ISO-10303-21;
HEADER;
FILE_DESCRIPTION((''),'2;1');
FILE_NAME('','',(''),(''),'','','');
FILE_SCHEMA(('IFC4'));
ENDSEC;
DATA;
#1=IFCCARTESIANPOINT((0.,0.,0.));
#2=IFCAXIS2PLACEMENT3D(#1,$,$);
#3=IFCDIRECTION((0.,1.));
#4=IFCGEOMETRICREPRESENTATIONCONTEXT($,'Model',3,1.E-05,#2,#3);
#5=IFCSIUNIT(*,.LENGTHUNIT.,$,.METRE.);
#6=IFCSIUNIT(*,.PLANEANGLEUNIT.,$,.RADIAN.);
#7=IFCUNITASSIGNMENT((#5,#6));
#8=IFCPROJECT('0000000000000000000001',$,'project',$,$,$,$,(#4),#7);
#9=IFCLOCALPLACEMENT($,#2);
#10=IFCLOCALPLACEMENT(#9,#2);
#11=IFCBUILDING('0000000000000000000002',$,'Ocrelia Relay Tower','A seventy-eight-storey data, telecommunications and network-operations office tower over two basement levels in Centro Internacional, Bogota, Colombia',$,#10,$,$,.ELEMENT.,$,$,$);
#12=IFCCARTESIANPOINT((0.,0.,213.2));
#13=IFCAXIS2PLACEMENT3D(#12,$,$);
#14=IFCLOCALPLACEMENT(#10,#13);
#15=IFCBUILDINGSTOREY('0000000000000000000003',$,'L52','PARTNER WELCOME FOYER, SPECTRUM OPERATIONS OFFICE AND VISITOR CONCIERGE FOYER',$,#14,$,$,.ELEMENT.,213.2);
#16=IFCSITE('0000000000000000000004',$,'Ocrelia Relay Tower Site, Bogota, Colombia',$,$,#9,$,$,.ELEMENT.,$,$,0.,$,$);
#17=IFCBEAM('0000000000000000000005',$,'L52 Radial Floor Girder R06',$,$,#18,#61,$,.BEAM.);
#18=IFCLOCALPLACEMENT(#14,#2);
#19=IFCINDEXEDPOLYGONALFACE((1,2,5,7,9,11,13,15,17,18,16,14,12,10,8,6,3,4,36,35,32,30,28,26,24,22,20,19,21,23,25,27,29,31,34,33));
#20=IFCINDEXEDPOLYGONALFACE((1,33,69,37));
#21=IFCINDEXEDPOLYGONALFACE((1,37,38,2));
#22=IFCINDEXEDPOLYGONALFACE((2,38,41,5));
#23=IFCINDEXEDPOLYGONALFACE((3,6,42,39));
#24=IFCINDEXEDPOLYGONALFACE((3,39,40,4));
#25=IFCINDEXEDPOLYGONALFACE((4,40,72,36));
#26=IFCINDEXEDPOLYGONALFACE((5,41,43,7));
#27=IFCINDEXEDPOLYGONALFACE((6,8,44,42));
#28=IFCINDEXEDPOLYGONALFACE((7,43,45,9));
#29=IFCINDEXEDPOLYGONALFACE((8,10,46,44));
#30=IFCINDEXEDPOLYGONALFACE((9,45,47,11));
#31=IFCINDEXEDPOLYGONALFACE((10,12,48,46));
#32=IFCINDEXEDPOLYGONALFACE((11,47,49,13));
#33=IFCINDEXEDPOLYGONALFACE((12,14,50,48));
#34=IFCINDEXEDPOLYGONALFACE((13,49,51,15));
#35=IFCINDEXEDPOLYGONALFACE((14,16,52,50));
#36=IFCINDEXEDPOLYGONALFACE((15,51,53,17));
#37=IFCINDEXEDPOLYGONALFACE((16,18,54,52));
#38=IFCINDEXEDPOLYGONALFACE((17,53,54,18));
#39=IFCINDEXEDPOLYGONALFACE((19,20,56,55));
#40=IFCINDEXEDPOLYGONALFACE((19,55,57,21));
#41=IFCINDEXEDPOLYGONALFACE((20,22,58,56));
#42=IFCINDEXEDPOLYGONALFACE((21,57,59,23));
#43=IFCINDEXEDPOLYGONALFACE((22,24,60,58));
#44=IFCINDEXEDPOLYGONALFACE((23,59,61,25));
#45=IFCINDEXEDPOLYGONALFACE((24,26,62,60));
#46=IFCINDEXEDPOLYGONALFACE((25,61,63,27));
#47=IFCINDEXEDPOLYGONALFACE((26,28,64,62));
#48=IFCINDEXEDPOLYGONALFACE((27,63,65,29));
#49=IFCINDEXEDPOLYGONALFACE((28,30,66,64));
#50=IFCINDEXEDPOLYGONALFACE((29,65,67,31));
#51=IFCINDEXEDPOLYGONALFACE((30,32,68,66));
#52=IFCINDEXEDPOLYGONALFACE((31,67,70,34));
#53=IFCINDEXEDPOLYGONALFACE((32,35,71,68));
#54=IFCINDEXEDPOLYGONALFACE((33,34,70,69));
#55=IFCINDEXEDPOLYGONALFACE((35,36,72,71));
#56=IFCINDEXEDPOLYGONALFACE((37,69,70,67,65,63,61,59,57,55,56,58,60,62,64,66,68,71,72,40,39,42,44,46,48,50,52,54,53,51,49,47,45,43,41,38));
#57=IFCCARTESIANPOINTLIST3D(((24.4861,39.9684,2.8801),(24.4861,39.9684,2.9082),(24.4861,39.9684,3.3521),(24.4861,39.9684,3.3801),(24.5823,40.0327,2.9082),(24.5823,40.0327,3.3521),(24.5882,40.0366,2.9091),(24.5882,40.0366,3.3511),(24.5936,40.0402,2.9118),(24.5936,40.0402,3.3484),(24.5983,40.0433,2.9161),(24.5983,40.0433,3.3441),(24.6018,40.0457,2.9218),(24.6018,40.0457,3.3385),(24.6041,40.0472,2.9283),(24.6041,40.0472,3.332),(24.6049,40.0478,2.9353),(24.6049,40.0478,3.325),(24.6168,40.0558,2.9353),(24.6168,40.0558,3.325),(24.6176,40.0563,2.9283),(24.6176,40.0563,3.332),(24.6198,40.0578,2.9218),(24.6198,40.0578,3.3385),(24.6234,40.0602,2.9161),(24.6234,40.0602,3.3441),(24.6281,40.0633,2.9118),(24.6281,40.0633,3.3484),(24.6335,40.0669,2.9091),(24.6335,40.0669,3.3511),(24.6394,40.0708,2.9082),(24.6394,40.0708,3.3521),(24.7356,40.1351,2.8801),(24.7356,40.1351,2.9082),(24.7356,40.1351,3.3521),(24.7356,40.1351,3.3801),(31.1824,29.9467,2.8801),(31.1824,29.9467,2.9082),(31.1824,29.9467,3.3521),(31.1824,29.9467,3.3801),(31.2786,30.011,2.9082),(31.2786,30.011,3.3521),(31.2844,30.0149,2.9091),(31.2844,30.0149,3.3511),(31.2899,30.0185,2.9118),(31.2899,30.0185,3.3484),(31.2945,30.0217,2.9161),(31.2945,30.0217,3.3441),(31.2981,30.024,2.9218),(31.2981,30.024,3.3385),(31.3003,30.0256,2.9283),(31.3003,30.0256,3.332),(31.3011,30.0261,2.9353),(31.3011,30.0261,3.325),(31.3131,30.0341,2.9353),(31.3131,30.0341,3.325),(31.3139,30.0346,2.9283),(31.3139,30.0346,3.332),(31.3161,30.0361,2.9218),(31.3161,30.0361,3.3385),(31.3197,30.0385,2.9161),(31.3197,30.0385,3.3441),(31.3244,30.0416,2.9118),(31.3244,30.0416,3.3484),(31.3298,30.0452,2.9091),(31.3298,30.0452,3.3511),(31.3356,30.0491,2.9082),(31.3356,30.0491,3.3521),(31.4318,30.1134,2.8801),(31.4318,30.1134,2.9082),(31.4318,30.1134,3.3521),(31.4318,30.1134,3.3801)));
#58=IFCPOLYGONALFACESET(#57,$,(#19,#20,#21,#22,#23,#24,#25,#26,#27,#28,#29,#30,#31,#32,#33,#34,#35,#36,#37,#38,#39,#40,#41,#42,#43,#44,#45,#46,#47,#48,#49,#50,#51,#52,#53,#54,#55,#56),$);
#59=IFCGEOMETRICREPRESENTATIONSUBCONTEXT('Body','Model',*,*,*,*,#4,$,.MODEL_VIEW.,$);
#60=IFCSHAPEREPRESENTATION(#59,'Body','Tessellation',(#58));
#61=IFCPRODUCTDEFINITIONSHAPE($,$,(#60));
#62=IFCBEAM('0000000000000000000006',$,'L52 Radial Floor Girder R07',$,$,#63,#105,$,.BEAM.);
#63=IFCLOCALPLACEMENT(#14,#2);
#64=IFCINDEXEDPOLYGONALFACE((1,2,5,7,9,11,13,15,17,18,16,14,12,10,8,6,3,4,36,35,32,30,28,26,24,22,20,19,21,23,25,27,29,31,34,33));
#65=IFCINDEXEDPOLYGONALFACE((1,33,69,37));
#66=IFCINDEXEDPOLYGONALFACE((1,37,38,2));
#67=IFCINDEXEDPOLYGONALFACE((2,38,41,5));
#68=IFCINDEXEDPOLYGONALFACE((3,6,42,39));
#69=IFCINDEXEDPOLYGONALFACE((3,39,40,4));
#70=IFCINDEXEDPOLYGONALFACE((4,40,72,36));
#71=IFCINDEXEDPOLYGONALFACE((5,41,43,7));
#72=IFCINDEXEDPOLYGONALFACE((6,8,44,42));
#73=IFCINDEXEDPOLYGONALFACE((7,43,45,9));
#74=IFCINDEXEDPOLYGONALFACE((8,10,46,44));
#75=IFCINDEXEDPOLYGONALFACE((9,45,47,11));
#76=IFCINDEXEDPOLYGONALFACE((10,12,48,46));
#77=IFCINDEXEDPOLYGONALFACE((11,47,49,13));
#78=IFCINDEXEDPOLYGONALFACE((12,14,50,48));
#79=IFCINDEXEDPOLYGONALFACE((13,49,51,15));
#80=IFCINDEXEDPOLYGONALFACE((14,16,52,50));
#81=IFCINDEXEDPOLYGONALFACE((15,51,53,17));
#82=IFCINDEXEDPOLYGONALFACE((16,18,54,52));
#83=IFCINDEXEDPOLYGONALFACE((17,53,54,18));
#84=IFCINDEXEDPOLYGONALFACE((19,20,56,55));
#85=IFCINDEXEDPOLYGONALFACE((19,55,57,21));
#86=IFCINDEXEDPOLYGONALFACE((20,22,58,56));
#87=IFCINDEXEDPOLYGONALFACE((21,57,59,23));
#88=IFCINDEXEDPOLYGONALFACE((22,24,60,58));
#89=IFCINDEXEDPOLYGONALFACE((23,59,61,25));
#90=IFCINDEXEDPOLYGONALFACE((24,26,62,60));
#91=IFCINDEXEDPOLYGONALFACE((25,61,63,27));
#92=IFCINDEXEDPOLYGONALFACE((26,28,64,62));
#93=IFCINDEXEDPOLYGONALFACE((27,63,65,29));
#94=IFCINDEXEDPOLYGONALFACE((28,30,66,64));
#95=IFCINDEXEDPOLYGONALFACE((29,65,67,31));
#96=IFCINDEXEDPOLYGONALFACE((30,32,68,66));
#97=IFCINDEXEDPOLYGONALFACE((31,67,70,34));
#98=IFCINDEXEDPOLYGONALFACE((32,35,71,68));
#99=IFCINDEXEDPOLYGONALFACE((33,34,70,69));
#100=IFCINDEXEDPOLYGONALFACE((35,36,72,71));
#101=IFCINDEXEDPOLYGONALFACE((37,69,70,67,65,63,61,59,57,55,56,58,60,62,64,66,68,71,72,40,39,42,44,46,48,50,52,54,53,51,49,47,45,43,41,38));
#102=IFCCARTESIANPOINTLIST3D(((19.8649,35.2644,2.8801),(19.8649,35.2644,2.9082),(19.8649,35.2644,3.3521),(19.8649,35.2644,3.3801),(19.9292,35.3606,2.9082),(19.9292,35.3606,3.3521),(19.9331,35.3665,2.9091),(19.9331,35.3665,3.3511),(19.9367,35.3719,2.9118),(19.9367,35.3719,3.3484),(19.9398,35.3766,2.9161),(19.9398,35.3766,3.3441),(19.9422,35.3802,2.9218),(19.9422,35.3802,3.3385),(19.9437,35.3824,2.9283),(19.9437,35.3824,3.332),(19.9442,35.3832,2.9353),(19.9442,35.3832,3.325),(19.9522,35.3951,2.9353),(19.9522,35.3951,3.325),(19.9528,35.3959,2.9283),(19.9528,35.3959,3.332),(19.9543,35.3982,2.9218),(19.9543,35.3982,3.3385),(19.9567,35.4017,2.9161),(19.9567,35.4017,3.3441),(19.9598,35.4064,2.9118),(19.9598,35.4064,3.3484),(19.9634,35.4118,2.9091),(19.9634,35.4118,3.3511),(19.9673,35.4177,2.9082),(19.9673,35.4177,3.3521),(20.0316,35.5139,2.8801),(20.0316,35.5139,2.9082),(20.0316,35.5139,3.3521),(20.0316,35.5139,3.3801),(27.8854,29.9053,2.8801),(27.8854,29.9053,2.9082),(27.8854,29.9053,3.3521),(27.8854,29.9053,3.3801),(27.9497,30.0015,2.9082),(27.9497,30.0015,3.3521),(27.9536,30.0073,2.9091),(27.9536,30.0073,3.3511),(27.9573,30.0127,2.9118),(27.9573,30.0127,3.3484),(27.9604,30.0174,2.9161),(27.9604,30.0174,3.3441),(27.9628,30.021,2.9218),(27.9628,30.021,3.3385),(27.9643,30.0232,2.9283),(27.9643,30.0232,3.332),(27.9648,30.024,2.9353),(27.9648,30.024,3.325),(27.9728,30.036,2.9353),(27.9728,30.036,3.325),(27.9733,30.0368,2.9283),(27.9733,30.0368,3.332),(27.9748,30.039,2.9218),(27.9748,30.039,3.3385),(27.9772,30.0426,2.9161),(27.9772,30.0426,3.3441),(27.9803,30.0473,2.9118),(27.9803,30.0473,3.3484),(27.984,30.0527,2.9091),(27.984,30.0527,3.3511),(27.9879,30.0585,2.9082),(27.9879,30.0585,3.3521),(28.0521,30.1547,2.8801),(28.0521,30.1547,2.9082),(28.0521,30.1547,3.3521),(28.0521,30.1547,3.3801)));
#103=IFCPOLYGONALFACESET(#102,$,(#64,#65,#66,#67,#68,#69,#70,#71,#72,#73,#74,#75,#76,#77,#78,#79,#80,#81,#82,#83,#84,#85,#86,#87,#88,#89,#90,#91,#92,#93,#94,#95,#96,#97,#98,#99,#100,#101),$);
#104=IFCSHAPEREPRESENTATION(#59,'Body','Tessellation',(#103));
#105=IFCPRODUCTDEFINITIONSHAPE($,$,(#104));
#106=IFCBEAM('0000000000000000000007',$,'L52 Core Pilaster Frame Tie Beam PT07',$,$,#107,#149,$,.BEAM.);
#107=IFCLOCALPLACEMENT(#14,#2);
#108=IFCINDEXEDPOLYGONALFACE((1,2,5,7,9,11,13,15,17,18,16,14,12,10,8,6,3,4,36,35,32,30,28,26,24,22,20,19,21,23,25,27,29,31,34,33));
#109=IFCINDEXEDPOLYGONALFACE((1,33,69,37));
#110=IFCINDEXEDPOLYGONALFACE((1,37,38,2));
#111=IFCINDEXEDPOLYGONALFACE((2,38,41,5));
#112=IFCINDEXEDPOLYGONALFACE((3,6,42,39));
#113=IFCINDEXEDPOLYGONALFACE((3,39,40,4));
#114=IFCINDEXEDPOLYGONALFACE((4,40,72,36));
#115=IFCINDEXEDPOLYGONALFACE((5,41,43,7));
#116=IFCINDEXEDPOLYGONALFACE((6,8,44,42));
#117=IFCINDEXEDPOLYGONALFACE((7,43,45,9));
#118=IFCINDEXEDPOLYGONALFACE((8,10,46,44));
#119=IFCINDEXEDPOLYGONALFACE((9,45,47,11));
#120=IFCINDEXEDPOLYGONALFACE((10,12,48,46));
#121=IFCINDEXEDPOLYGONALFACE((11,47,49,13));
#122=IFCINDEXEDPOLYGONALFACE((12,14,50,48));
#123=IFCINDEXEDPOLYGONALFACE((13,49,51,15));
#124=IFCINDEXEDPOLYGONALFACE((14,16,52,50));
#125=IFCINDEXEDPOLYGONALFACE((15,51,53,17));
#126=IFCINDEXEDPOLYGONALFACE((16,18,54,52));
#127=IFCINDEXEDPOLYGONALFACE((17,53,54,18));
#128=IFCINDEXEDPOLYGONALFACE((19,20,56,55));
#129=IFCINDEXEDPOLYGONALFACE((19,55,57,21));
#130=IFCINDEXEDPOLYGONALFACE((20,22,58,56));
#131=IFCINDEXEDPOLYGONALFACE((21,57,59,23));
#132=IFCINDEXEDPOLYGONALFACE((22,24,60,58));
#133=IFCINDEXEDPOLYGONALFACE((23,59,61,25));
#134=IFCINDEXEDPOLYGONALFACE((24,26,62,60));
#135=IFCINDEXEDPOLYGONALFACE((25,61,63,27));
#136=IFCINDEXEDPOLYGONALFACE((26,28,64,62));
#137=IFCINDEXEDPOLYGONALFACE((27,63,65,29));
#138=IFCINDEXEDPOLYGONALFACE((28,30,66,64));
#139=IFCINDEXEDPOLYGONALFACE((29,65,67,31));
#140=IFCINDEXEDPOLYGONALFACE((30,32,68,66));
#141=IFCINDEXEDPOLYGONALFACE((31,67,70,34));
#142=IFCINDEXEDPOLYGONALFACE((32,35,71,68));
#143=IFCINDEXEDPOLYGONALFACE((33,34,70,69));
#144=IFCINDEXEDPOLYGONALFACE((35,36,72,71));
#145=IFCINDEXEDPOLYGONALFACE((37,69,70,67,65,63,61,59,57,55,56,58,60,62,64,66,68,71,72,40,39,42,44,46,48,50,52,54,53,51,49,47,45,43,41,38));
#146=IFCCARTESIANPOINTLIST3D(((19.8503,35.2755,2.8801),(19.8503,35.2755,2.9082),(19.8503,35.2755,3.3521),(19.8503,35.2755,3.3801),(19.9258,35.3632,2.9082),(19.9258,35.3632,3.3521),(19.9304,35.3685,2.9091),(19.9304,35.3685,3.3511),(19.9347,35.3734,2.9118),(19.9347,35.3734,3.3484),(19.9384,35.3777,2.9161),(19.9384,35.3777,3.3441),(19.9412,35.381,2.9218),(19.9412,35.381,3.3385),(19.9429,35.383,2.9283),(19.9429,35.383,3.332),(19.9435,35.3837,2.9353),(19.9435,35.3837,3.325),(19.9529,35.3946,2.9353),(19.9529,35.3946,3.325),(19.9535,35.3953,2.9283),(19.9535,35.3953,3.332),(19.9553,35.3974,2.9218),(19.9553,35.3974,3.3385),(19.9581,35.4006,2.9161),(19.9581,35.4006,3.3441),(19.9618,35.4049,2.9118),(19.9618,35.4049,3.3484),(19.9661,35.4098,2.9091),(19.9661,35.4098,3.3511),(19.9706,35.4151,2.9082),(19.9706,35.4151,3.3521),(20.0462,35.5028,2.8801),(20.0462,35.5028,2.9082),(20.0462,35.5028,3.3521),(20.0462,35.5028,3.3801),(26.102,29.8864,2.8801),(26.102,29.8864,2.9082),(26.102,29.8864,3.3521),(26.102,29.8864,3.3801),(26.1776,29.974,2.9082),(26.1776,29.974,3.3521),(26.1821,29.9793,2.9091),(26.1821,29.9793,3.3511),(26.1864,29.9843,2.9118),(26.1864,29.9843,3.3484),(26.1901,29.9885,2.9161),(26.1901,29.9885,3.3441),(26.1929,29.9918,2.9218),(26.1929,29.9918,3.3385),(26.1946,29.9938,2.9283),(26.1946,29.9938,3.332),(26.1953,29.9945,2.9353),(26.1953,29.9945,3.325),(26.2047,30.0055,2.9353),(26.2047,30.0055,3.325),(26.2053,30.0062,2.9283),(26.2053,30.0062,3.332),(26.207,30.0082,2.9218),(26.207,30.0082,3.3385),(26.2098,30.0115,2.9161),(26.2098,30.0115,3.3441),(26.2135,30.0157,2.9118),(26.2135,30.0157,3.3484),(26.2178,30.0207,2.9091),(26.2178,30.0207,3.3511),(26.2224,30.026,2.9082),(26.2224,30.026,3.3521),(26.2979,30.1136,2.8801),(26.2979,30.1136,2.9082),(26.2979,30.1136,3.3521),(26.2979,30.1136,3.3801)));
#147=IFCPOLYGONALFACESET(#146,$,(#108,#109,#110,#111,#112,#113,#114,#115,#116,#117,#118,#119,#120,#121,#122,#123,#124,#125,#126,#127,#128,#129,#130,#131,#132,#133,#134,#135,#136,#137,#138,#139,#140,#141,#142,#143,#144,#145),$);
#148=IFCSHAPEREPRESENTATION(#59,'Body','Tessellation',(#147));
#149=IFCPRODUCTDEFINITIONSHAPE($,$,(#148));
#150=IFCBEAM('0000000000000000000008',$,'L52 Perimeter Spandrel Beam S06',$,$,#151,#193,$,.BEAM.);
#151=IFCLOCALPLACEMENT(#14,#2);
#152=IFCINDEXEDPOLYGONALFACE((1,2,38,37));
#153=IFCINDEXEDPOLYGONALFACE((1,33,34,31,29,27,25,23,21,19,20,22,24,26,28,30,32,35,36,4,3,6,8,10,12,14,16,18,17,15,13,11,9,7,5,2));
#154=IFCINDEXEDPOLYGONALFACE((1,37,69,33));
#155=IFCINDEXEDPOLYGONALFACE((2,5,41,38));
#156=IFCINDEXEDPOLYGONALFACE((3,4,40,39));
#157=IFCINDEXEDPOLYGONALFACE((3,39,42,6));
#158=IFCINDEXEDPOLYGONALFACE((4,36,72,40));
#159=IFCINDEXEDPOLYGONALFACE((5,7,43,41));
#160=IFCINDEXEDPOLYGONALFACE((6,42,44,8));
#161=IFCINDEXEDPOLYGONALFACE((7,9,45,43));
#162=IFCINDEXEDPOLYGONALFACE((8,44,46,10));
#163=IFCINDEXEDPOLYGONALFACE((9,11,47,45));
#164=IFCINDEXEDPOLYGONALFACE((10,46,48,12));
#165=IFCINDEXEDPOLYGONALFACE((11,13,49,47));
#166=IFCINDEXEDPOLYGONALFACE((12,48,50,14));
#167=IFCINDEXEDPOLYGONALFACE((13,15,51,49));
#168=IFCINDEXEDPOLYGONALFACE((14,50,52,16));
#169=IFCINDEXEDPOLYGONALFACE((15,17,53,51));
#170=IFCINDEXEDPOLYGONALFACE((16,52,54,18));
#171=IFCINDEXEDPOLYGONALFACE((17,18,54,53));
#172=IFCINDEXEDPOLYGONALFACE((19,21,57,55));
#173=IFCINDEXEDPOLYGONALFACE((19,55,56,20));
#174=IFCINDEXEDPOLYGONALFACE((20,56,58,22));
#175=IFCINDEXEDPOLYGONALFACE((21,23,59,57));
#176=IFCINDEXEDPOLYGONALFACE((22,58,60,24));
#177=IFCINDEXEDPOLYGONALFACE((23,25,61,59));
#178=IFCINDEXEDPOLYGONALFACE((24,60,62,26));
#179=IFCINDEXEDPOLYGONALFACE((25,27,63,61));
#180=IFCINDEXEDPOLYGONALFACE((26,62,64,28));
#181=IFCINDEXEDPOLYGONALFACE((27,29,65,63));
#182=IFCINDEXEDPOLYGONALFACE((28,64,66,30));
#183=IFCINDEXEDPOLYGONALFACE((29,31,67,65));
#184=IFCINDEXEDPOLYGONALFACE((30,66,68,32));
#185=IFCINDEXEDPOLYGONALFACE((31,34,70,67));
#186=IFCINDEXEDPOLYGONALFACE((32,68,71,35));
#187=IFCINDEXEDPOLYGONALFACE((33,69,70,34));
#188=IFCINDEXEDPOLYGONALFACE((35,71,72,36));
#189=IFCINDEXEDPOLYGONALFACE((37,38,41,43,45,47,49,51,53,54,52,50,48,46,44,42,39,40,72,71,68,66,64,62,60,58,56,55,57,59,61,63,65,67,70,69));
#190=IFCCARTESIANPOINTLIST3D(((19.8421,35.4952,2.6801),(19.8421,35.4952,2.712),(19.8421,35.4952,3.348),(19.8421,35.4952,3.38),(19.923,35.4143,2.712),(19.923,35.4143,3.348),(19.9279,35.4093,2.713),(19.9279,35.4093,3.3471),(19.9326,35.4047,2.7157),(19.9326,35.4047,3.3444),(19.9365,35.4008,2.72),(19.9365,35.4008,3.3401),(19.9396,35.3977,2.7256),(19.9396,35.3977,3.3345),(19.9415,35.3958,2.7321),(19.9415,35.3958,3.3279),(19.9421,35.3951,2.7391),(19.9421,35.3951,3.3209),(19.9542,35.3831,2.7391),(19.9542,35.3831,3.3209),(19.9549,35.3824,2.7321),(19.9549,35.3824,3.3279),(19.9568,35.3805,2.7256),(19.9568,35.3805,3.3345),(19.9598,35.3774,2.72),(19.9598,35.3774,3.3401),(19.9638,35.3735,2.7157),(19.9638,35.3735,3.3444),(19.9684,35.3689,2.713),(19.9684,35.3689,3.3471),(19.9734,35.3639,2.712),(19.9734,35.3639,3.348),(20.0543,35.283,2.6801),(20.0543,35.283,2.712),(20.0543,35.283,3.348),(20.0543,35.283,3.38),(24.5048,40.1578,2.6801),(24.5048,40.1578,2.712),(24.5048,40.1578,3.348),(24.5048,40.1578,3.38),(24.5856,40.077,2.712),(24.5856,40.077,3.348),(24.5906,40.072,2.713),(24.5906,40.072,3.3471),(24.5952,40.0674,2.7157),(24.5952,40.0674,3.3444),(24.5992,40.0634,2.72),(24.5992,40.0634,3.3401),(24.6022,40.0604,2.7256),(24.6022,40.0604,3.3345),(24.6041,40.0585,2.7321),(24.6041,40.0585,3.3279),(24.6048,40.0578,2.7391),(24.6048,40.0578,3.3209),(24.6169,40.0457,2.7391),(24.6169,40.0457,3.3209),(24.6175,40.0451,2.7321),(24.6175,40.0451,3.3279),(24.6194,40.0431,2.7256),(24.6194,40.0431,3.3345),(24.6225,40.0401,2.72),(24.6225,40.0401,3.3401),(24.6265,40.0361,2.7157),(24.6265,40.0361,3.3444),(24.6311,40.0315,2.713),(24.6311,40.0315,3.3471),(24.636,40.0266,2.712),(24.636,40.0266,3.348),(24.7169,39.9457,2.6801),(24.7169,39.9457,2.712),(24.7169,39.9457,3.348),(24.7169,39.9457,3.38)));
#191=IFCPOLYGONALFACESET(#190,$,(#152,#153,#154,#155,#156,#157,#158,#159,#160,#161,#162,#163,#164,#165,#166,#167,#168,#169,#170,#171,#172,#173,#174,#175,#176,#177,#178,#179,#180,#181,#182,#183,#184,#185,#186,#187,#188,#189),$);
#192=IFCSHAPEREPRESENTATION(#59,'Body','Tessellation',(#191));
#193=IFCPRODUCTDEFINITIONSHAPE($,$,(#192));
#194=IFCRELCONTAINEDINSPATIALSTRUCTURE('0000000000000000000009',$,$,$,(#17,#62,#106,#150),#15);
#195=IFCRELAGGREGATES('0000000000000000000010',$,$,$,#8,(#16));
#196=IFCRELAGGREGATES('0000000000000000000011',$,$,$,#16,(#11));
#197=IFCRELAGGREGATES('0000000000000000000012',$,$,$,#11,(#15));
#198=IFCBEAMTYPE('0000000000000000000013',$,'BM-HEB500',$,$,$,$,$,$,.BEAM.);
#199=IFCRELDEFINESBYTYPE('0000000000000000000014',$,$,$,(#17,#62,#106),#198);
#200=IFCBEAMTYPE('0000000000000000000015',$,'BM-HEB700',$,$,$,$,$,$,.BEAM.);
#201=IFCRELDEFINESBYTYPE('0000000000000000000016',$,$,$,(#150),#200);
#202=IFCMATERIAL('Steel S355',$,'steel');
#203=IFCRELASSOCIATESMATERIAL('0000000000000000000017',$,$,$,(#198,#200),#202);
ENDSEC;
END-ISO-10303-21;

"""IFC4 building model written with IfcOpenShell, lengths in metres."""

from ifc_helpers import new_model, si_unit, direction, frame, origin, origin_2d, place, context, subcontext, project, spatial, i_section, extrude, material, material_profile, profile_set, type_object, element, save


model = new_model("IFC4")

# Units and contexts
model_context = context("Model", 3, precision=1e-05, world=origin(), true_north=direction((0.0, 1.0)))
body_context = subcontext(model_context, "Body", "Model", "MODEL_VIEW")
ifc_project = project(units=[si_unit("LENGTHUNIT", "METRE"), si_unit("PLANEANGLEUNIT", "RADIAN")], contexts=[model_context])

# Site, building, storey
site_placement = place(None, origin())
site = spatial("IfcSite", under=ifc_project, at=site_placement, Name="Ocrelia Relay Tower Site, Bogota, Colombia", CompositionType="ELEMENT", RefElevation=0.0)
building_placement = place(site_placement, origin())
building = spatial("IfcBuilding", under=site, at=building_placement, Name="Ocrelia Relay Tower", Description="A seventy-eight-storey data, telecommunications and network-operations office tower over two basement levels in Centro Internacional, Bogota, Colombia", CompositionType="ELEMENT")
storey_placement = place(building_placement, frame((0.0, 0.0, 213.2)))
storey = spatial("IfcBuildingStorey", under=building, at=storey_placement, Name="L52", Description="PARTNER WELCOME FOYER, SPECTRUM OPERATIONS OFFICE AND VISITOR CONCIERGE FOYER", CompositionType="ELEMENT", Elevation=213.2)

# Beams
ifc_material_1 = material(Name="Steel S355", Category="steel")
ifc_material_profile_1 = material_profile(ifc_material_1, i_section(OverallWidth=0.3, OverallDepth=0.5, WebThickness=0.0144, FlangeThickness=0.0281, FilletRadius=0.0271, at=origin_2d()), Name="HEB 500")
ifc_profile_set_1 = profile_set([ifc_material_profile_1], Name="Steel S355")
beam_type_1 = type_object("IfcBeamType", Name="BM-HEB500", PredefinedType="BEAM", material=ifc_profile_set_1)
beam_1_placement = place(storey_placement, frame((24.6108, 40.0518, 3.1301), z_axis=(0.555569, -0.83147, 0.0), x_axis=(0.83147, 0.555569, 0.0)))
element("IfcBeam", 1, at=beam_1_placement, inside=storey, type_object=beam_type_1, Name="L52 Radial Floor Girder R06", PredefinedType="BEAM", context=body_context, shape_type="SweptSolid", body=[
    extrude(i_section(OverallWidth=0.3, OverallDepth=0.5, WebThickness=0.0144, FlangeThickness=0.0281, FilletRadius=0.0271, at=origin_2d()), origin(), (0.0, 0.0, 1.0), 12.053),
])
beam_2_placement = place(storey_placement, frame((19.9482, 35.3892, 3.1301), z_axis=(0.83147, -0.55557, 0.0), x_axis=(0.55557, 0.83147, 0.0)))
element("IfcBeam", 2, at=beam_2_placement, inside=storey, type_object=beam_type_1, Name="L52 Radial Floor Girder R07", PredefinedType="BEAM", context=body_context, shape_type="SweptSolid", body=[
    extrude(i_section(OverallWidth=0.3, OverallDepth=0.5, WebThickness=0.0144, FlangeThickness=0.0281, FilletRadius=0.0271, at=origin_2d()), origin(), (0.0, 0.0, 1.0), 9.6462),
])
beam_3_placement = place(storey_placement, frame((19.9482, 35.3892, 3.1301), z_axis=(0.757425, -0.652923, 0.0), x_axis=(0.652923, 0.757425, 0.0)))
element("IfcBeam", 3, at=beam_3_placement, inside=storey, type_object=beam_type_1, Name="L52 Core Pilaster Frame Tie Beam PT07", PredefinedType="BEAM", context=body_context, shape_type="SweptSolid", body=[
    extrude(i_section(OverallWidth=0.3, OverallDepth=0.5, WebThickness=0.0144, FlangeThickness=0.0281, FilletRadius=0.0271, at=origin_2d()), origin(), (0.0, 0.0, 1.0), 8.2539),
])
ifc_material_profile_2 = material_profile(ifc_material_1, i_section(OverallWidth=0.3, OverallDepth=0.7, WebThickness=0.0171, FlangeThickness=0.032, FilletRadius=0.0271, at=origin_2d()), Name="HEB 700")
ifc_profile_set_2 = profile_set([ifc_material_profile_2], Name="Steel S355")
beam_type_2 = type_object("IfcBeamType", Name="BM-HEB700", PredefinedType="BEAM", material=ifc_profile_set_2)
for number, where, z_axis, x_axis, name in (
    (4, (24.6108, 40.0518, 3.03), (-0.707107, -0.707107, 0.0), (0.707107, -0.707107, 0.0), "L52 Perimeter Spandrel Beam S06"),
):
    element("IfcBeam", number, at=place(storey_placement, frame(where, z_axis=z_axis, x_axis=x_axis)), inside=storey, type_object=beam_type_2, Name=name, PredefinedType="BEAM", context=body_context, shape_type="SweptSolid", body=[
        extrude(i_section(OverallWidth=0.3, OverallDepth=0.7, WebThickness=0.0171, FlangeThickness=0.032, FilletRadius=0.0271, at=origin_2d()), origin(), (0.0, 0.0, 1.0), 6.594),
    ])

save(model, "model.ifc")
